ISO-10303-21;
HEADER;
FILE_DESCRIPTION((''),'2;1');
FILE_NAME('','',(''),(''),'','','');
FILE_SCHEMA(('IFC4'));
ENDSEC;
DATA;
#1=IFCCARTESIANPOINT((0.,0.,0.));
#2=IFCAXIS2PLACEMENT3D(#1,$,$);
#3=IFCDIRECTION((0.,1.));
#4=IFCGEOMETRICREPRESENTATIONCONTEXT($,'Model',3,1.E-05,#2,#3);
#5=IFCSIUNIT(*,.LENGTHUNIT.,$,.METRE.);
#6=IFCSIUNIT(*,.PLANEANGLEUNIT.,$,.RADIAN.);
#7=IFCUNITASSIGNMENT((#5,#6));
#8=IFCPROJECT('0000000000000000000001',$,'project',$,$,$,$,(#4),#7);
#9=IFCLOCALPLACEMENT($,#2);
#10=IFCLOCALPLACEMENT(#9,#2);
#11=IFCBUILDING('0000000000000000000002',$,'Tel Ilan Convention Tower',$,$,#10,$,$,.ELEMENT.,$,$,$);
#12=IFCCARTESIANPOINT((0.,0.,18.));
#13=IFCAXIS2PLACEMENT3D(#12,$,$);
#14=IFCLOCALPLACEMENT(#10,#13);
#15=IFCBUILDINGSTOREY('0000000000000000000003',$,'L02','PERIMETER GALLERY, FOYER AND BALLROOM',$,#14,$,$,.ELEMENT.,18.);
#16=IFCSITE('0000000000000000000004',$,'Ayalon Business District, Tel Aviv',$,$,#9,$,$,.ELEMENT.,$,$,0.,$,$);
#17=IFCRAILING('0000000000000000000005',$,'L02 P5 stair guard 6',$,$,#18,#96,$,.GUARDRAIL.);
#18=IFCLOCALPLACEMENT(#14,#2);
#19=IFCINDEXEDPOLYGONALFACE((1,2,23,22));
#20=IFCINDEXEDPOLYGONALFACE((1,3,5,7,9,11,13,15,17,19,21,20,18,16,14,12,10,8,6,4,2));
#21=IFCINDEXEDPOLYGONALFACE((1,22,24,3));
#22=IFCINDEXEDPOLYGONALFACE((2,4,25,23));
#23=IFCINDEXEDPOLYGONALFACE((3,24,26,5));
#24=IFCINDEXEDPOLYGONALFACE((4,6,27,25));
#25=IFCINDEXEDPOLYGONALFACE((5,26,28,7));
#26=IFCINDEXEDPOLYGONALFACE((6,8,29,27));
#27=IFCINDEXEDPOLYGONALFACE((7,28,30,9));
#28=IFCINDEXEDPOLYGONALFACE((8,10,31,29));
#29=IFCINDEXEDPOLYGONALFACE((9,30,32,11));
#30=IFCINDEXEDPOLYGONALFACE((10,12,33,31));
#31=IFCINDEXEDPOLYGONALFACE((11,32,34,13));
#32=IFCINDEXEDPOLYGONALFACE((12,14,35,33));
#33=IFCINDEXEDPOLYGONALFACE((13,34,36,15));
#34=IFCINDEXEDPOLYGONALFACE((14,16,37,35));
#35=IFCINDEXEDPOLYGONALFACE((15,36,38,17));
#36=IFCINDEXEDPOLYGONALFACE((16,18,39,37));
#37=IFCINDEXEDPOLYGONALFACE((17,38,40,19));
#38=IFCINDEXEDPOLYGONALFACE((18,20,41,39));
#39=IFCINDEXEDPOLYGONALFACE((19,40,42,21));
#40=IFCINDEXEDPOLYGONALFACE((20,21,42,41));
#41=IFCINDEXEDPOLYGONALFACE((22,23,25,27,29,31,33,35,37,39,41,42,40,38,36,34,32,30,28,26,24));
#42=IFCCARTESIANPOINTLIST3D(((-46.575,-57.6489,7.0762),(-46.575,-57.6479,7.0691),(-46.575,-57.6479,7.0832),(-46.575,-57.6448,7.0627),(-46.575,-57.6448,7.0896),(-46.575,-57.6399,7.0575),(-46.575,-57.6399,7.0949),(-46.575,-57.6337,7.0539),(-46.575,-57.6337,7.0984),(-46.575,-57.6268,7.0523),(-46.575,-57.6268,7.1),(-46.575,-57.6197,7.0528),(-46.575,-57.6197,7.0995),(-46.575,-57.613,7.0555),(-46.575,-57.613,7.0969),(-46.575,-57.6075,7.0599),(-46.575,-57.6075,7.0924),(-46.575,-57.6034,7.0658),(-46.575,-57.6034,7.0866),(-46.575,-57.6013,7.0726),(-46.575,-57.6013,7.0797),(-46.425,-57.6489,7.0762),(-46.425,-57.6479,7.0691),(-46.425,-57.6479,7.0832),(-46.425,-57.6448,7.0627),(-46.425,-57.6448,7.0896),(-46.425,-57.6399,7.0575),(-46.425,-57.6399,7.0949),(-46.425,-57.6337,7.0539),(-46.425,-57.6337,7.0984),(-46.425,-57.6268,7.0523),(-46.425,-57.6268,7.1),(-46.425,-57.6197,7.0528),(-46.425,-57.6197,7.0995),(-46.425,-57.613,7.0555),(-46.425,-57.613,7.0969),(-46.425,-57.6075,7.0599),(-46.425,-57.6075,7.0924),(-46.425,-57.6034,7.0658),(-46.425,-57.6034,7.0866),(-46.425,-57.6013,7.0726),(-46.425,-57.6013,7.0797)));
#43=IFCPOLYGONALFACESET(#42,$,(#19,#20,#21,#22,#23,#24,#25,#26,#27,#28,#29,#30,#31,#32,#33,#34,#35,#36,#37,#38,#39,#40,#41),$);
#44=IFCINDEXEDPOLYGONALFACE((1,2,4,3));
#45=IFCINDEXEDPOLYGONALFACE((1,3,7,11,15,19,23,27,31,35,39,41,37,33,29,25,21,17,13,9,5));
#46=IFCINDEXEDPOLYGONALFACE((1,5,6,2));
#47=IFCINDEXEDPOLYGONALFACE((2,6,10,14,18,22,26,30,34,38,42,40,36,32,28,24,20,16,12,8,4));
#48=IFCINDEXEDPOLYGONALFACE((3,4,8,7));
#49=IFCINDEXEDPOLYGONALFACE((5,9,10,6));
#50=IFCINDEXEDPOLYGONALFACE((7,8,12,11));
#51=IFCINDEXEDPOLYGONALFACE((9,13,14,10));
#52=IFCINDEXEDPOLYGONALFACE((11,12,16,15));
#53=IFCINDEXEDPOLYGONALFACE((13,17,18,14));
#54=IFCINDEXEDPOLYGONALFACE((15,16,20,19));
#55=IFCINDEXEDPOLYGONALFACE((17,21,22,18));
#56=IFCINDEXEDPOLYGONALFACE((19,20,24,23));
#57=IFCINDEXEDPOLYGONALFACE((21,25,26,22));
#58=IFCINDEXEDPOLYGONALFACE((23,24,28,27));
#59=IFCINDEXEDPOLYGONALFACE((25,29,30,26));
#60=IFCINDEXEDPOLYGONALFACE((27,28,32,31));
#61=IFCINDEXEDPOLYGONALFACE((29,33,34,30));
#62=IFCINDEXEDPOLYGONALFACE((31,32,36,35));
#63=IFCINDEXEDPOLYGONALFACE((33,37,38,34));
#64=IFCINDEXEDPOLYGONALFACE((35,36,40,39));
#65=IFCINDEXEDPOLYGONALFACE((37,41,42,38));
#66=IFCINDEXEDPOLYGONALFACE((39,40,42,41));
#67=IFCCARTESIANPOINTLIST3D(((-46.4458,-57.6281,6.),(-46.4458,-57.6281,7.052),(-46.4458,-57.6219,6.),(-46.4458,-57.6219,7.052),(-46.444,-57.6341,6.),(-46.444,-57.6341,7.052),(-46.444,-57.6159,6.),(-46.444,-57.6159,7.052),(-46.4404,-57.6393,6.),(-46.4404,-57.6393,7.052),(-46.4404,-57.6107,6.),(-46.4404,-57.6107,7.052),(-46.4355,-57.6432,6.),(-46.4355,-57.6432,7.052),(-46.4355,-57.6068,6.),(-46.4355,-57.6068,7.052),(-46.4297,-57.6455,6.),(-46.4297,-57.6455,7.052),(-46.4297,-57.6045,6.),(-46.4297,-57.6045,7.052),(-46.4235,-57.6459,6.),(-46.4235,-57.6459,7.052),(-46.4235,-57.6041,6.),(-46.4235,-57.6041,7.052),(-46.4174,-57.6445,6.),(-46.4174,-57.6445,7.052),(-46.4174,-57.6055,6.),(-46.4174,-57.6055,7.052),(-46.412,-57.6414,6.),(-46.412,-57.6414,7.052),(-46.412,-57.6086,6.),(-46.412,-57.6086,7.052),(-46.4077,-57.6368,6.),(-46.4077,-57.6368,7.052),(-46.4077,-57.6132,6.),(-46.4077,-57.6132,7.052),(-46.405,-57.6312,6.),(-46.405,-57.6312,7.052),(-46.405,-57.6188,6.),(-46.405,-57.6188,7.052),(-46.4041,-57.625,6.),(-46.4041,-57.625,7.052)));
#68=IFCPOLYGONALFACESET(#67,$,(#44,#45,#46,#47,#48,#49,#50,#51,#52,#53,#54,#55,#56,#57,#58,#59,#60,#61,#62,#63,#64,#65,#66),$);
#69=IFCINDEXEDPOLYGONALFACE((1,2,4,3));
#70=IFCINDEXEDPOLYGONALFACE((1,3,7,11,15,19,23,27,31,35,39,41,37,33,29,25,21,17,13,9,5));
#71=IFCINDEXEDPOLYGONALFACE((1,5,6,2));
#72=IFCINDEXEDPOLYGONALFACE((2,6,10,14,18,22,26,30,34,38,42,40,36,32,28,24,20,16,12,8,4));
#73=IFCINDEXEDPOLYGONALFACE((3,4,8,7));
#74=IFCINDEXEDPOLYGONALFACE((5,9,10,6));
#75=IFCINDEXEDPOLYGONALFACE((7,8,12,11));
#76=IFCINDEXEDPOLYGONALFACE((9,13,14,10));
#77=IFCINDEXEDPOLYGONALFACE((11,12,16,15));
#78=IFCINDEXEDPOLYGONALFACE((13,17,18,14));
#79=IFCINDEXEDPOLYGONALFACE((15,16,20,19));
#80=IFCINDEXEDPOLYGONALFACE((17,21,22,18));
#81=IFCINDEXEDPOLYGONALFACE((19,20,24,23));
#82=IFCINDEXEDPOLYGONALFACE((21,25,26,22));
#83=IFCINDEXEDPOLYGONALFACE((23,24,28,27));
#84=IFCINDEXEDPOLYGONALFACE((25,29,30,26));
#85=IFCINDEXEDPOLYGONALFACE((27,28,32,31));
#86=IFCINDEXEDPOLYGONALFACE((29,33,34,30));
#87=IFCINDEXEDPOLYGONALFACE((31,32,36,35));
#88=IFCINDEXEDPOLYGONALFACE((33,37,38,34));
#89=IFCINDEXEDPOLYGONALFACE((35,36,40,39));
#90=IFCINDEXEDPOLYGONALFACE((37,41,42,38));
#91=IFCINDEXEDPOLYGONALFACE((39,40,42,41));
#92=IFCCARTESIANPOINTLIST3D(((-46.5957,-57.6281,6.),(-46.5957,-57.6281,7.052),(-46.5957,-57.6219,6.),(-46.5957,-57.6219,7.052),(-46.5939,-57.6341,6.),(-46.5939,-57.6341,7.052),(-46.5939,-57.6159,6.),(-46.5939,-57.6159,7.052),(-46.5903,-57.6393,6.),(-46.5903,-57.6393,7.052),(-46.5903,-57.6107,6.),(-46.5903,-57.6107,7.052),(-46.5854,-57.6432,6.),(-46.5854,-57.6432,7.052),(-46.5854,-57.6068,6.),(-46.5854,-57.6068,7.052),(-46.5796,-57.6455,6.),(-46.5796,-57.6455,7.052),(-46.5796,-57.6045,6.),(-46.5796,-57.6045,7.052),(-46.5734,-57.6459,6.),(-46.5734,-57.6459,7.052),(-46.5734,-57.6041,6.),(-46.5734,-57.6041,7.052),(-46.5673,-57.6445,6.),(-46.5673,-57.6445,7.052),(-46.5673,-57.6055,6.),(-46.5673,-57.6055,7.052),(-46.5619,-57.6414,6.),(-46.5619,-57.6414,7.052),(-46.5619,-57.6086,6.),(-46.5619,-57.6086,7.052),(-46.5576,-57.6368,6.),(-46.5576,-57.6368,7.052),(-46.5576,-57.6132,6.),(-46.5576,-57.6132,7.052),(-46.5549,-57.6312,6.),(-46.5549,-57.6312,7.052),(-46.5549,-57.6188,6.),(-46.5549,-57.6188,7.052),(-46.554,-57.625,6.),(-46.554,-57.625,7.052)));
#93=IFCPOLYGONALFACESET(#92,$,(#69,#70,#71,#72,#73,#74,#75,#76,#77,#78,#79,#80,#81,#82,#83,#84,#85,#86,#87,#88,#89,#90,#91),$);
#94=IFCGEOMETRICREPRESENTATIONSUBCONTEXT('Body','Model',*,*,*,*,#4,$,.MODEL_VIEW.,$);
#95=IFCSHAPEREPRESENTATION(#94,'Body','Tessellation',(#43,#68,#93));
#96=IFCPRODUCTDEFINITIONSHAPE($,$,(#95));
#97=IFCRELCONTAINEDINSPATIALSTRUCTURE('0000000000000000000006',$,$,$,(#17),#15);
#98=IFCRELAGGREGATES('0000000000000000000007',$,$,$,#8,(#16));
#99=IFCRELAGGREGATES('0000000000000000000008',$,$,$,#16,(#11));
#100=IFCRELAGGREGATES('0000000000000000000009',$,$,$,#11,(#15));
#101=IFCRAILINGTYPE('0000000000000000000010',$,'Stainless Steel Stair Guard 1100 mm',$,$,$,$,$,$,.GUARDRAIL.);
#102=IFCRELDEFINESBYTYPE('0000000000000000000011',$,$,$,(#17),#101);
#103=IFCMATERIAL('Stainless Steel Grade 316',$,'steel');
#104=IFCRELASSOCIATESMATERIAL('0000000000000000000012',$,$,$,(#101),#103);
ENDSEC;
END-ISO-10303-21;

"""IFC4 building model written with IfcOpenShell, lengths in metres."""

from ifc_helpers import new_model, si_unit, direction, frame, origin, origin_2d, place, context, subcontext, project, spatial, circle, extrude, material, type_object, element, save


model = new_model("IFC4")

# Units and contexts
model_context = context("Model", 3, precision=1e-05, world=origin(), true_north=direction((0.0, 1.0)))
body_context = subcontext(model_context, "Body", "Model", "MODEL_VIEW")
ifc_project = project(units=[si_unit("LENGTHUNIT", "METRE"), si_unit("PLANEANGLEUNIT", "RADIAN")], contexts=[model_context])

# Site, building, storey
site_placement = place(None, origin())
site = spatial("IfcSite", under=ifc_project, at=site_placement, Name="Ayalon Business District, Tel Aviv", CompositionType="ELEMENT", RefElevation=0.0)
building_placement = place(site_placement, origin())
building = spatial("IfcBuilding", under=site, at=building_placement, Name="Tel Ilan Convention Tower", CompositionType="ELEMENT")
storey_placement = place(building_placement, frame((0.0, 0.0, 18.0)))
storey = spatial("IfcBuildingStorey", under=building, at=storey_placement, Name="L02", Description="PERIMETER GALLERY, FOYER AND BALLROOM", CompositionType="ELEMENT", Elevation=18.0)

# Railing
ifc_material_1 = material(Name="Stainless Steel Grade 316", Category="steel")
railing_type_1 = type_object("IfcRailingType", Name="Stainless Steel Stair Guard 1100 mm", PredefinedType="GUARDRAIL", material=ifc_material_1)
railing_1_placement = place(storey_placement, frame((-46.425, -57.625, 6.0)))
element("IfcRailing", 1, at=railing_1_placement, inside=storey, type_object=railing_type_1, Name="L02 P5 stair guard 6", PredefinedType="GUARDRAIL", context=body_context, shape_type="SweptSolid", body=[
    extrude(circle(Radius=0.0239, at=origin_2d()), frame((0.0, 0.0, 1.0762), z_axis=(-1.0, 0.0, 0.0), x_axis=(0.0, -1.0, 0.0)), (0.0, 0.0, 1.0), 0.1499),
    extrude(circle(Radius=0.021, at=origin_2d()), origin(), (0.0, 0.0, 1.0), 1.052),
    extrude(circle(Radius=0.021, at=origin_2d()), frame((-0.1499, 0.0, 0.0)), (0.0, 0.0, 1.0), 1.052),
])

save(model, "model.ifc")
